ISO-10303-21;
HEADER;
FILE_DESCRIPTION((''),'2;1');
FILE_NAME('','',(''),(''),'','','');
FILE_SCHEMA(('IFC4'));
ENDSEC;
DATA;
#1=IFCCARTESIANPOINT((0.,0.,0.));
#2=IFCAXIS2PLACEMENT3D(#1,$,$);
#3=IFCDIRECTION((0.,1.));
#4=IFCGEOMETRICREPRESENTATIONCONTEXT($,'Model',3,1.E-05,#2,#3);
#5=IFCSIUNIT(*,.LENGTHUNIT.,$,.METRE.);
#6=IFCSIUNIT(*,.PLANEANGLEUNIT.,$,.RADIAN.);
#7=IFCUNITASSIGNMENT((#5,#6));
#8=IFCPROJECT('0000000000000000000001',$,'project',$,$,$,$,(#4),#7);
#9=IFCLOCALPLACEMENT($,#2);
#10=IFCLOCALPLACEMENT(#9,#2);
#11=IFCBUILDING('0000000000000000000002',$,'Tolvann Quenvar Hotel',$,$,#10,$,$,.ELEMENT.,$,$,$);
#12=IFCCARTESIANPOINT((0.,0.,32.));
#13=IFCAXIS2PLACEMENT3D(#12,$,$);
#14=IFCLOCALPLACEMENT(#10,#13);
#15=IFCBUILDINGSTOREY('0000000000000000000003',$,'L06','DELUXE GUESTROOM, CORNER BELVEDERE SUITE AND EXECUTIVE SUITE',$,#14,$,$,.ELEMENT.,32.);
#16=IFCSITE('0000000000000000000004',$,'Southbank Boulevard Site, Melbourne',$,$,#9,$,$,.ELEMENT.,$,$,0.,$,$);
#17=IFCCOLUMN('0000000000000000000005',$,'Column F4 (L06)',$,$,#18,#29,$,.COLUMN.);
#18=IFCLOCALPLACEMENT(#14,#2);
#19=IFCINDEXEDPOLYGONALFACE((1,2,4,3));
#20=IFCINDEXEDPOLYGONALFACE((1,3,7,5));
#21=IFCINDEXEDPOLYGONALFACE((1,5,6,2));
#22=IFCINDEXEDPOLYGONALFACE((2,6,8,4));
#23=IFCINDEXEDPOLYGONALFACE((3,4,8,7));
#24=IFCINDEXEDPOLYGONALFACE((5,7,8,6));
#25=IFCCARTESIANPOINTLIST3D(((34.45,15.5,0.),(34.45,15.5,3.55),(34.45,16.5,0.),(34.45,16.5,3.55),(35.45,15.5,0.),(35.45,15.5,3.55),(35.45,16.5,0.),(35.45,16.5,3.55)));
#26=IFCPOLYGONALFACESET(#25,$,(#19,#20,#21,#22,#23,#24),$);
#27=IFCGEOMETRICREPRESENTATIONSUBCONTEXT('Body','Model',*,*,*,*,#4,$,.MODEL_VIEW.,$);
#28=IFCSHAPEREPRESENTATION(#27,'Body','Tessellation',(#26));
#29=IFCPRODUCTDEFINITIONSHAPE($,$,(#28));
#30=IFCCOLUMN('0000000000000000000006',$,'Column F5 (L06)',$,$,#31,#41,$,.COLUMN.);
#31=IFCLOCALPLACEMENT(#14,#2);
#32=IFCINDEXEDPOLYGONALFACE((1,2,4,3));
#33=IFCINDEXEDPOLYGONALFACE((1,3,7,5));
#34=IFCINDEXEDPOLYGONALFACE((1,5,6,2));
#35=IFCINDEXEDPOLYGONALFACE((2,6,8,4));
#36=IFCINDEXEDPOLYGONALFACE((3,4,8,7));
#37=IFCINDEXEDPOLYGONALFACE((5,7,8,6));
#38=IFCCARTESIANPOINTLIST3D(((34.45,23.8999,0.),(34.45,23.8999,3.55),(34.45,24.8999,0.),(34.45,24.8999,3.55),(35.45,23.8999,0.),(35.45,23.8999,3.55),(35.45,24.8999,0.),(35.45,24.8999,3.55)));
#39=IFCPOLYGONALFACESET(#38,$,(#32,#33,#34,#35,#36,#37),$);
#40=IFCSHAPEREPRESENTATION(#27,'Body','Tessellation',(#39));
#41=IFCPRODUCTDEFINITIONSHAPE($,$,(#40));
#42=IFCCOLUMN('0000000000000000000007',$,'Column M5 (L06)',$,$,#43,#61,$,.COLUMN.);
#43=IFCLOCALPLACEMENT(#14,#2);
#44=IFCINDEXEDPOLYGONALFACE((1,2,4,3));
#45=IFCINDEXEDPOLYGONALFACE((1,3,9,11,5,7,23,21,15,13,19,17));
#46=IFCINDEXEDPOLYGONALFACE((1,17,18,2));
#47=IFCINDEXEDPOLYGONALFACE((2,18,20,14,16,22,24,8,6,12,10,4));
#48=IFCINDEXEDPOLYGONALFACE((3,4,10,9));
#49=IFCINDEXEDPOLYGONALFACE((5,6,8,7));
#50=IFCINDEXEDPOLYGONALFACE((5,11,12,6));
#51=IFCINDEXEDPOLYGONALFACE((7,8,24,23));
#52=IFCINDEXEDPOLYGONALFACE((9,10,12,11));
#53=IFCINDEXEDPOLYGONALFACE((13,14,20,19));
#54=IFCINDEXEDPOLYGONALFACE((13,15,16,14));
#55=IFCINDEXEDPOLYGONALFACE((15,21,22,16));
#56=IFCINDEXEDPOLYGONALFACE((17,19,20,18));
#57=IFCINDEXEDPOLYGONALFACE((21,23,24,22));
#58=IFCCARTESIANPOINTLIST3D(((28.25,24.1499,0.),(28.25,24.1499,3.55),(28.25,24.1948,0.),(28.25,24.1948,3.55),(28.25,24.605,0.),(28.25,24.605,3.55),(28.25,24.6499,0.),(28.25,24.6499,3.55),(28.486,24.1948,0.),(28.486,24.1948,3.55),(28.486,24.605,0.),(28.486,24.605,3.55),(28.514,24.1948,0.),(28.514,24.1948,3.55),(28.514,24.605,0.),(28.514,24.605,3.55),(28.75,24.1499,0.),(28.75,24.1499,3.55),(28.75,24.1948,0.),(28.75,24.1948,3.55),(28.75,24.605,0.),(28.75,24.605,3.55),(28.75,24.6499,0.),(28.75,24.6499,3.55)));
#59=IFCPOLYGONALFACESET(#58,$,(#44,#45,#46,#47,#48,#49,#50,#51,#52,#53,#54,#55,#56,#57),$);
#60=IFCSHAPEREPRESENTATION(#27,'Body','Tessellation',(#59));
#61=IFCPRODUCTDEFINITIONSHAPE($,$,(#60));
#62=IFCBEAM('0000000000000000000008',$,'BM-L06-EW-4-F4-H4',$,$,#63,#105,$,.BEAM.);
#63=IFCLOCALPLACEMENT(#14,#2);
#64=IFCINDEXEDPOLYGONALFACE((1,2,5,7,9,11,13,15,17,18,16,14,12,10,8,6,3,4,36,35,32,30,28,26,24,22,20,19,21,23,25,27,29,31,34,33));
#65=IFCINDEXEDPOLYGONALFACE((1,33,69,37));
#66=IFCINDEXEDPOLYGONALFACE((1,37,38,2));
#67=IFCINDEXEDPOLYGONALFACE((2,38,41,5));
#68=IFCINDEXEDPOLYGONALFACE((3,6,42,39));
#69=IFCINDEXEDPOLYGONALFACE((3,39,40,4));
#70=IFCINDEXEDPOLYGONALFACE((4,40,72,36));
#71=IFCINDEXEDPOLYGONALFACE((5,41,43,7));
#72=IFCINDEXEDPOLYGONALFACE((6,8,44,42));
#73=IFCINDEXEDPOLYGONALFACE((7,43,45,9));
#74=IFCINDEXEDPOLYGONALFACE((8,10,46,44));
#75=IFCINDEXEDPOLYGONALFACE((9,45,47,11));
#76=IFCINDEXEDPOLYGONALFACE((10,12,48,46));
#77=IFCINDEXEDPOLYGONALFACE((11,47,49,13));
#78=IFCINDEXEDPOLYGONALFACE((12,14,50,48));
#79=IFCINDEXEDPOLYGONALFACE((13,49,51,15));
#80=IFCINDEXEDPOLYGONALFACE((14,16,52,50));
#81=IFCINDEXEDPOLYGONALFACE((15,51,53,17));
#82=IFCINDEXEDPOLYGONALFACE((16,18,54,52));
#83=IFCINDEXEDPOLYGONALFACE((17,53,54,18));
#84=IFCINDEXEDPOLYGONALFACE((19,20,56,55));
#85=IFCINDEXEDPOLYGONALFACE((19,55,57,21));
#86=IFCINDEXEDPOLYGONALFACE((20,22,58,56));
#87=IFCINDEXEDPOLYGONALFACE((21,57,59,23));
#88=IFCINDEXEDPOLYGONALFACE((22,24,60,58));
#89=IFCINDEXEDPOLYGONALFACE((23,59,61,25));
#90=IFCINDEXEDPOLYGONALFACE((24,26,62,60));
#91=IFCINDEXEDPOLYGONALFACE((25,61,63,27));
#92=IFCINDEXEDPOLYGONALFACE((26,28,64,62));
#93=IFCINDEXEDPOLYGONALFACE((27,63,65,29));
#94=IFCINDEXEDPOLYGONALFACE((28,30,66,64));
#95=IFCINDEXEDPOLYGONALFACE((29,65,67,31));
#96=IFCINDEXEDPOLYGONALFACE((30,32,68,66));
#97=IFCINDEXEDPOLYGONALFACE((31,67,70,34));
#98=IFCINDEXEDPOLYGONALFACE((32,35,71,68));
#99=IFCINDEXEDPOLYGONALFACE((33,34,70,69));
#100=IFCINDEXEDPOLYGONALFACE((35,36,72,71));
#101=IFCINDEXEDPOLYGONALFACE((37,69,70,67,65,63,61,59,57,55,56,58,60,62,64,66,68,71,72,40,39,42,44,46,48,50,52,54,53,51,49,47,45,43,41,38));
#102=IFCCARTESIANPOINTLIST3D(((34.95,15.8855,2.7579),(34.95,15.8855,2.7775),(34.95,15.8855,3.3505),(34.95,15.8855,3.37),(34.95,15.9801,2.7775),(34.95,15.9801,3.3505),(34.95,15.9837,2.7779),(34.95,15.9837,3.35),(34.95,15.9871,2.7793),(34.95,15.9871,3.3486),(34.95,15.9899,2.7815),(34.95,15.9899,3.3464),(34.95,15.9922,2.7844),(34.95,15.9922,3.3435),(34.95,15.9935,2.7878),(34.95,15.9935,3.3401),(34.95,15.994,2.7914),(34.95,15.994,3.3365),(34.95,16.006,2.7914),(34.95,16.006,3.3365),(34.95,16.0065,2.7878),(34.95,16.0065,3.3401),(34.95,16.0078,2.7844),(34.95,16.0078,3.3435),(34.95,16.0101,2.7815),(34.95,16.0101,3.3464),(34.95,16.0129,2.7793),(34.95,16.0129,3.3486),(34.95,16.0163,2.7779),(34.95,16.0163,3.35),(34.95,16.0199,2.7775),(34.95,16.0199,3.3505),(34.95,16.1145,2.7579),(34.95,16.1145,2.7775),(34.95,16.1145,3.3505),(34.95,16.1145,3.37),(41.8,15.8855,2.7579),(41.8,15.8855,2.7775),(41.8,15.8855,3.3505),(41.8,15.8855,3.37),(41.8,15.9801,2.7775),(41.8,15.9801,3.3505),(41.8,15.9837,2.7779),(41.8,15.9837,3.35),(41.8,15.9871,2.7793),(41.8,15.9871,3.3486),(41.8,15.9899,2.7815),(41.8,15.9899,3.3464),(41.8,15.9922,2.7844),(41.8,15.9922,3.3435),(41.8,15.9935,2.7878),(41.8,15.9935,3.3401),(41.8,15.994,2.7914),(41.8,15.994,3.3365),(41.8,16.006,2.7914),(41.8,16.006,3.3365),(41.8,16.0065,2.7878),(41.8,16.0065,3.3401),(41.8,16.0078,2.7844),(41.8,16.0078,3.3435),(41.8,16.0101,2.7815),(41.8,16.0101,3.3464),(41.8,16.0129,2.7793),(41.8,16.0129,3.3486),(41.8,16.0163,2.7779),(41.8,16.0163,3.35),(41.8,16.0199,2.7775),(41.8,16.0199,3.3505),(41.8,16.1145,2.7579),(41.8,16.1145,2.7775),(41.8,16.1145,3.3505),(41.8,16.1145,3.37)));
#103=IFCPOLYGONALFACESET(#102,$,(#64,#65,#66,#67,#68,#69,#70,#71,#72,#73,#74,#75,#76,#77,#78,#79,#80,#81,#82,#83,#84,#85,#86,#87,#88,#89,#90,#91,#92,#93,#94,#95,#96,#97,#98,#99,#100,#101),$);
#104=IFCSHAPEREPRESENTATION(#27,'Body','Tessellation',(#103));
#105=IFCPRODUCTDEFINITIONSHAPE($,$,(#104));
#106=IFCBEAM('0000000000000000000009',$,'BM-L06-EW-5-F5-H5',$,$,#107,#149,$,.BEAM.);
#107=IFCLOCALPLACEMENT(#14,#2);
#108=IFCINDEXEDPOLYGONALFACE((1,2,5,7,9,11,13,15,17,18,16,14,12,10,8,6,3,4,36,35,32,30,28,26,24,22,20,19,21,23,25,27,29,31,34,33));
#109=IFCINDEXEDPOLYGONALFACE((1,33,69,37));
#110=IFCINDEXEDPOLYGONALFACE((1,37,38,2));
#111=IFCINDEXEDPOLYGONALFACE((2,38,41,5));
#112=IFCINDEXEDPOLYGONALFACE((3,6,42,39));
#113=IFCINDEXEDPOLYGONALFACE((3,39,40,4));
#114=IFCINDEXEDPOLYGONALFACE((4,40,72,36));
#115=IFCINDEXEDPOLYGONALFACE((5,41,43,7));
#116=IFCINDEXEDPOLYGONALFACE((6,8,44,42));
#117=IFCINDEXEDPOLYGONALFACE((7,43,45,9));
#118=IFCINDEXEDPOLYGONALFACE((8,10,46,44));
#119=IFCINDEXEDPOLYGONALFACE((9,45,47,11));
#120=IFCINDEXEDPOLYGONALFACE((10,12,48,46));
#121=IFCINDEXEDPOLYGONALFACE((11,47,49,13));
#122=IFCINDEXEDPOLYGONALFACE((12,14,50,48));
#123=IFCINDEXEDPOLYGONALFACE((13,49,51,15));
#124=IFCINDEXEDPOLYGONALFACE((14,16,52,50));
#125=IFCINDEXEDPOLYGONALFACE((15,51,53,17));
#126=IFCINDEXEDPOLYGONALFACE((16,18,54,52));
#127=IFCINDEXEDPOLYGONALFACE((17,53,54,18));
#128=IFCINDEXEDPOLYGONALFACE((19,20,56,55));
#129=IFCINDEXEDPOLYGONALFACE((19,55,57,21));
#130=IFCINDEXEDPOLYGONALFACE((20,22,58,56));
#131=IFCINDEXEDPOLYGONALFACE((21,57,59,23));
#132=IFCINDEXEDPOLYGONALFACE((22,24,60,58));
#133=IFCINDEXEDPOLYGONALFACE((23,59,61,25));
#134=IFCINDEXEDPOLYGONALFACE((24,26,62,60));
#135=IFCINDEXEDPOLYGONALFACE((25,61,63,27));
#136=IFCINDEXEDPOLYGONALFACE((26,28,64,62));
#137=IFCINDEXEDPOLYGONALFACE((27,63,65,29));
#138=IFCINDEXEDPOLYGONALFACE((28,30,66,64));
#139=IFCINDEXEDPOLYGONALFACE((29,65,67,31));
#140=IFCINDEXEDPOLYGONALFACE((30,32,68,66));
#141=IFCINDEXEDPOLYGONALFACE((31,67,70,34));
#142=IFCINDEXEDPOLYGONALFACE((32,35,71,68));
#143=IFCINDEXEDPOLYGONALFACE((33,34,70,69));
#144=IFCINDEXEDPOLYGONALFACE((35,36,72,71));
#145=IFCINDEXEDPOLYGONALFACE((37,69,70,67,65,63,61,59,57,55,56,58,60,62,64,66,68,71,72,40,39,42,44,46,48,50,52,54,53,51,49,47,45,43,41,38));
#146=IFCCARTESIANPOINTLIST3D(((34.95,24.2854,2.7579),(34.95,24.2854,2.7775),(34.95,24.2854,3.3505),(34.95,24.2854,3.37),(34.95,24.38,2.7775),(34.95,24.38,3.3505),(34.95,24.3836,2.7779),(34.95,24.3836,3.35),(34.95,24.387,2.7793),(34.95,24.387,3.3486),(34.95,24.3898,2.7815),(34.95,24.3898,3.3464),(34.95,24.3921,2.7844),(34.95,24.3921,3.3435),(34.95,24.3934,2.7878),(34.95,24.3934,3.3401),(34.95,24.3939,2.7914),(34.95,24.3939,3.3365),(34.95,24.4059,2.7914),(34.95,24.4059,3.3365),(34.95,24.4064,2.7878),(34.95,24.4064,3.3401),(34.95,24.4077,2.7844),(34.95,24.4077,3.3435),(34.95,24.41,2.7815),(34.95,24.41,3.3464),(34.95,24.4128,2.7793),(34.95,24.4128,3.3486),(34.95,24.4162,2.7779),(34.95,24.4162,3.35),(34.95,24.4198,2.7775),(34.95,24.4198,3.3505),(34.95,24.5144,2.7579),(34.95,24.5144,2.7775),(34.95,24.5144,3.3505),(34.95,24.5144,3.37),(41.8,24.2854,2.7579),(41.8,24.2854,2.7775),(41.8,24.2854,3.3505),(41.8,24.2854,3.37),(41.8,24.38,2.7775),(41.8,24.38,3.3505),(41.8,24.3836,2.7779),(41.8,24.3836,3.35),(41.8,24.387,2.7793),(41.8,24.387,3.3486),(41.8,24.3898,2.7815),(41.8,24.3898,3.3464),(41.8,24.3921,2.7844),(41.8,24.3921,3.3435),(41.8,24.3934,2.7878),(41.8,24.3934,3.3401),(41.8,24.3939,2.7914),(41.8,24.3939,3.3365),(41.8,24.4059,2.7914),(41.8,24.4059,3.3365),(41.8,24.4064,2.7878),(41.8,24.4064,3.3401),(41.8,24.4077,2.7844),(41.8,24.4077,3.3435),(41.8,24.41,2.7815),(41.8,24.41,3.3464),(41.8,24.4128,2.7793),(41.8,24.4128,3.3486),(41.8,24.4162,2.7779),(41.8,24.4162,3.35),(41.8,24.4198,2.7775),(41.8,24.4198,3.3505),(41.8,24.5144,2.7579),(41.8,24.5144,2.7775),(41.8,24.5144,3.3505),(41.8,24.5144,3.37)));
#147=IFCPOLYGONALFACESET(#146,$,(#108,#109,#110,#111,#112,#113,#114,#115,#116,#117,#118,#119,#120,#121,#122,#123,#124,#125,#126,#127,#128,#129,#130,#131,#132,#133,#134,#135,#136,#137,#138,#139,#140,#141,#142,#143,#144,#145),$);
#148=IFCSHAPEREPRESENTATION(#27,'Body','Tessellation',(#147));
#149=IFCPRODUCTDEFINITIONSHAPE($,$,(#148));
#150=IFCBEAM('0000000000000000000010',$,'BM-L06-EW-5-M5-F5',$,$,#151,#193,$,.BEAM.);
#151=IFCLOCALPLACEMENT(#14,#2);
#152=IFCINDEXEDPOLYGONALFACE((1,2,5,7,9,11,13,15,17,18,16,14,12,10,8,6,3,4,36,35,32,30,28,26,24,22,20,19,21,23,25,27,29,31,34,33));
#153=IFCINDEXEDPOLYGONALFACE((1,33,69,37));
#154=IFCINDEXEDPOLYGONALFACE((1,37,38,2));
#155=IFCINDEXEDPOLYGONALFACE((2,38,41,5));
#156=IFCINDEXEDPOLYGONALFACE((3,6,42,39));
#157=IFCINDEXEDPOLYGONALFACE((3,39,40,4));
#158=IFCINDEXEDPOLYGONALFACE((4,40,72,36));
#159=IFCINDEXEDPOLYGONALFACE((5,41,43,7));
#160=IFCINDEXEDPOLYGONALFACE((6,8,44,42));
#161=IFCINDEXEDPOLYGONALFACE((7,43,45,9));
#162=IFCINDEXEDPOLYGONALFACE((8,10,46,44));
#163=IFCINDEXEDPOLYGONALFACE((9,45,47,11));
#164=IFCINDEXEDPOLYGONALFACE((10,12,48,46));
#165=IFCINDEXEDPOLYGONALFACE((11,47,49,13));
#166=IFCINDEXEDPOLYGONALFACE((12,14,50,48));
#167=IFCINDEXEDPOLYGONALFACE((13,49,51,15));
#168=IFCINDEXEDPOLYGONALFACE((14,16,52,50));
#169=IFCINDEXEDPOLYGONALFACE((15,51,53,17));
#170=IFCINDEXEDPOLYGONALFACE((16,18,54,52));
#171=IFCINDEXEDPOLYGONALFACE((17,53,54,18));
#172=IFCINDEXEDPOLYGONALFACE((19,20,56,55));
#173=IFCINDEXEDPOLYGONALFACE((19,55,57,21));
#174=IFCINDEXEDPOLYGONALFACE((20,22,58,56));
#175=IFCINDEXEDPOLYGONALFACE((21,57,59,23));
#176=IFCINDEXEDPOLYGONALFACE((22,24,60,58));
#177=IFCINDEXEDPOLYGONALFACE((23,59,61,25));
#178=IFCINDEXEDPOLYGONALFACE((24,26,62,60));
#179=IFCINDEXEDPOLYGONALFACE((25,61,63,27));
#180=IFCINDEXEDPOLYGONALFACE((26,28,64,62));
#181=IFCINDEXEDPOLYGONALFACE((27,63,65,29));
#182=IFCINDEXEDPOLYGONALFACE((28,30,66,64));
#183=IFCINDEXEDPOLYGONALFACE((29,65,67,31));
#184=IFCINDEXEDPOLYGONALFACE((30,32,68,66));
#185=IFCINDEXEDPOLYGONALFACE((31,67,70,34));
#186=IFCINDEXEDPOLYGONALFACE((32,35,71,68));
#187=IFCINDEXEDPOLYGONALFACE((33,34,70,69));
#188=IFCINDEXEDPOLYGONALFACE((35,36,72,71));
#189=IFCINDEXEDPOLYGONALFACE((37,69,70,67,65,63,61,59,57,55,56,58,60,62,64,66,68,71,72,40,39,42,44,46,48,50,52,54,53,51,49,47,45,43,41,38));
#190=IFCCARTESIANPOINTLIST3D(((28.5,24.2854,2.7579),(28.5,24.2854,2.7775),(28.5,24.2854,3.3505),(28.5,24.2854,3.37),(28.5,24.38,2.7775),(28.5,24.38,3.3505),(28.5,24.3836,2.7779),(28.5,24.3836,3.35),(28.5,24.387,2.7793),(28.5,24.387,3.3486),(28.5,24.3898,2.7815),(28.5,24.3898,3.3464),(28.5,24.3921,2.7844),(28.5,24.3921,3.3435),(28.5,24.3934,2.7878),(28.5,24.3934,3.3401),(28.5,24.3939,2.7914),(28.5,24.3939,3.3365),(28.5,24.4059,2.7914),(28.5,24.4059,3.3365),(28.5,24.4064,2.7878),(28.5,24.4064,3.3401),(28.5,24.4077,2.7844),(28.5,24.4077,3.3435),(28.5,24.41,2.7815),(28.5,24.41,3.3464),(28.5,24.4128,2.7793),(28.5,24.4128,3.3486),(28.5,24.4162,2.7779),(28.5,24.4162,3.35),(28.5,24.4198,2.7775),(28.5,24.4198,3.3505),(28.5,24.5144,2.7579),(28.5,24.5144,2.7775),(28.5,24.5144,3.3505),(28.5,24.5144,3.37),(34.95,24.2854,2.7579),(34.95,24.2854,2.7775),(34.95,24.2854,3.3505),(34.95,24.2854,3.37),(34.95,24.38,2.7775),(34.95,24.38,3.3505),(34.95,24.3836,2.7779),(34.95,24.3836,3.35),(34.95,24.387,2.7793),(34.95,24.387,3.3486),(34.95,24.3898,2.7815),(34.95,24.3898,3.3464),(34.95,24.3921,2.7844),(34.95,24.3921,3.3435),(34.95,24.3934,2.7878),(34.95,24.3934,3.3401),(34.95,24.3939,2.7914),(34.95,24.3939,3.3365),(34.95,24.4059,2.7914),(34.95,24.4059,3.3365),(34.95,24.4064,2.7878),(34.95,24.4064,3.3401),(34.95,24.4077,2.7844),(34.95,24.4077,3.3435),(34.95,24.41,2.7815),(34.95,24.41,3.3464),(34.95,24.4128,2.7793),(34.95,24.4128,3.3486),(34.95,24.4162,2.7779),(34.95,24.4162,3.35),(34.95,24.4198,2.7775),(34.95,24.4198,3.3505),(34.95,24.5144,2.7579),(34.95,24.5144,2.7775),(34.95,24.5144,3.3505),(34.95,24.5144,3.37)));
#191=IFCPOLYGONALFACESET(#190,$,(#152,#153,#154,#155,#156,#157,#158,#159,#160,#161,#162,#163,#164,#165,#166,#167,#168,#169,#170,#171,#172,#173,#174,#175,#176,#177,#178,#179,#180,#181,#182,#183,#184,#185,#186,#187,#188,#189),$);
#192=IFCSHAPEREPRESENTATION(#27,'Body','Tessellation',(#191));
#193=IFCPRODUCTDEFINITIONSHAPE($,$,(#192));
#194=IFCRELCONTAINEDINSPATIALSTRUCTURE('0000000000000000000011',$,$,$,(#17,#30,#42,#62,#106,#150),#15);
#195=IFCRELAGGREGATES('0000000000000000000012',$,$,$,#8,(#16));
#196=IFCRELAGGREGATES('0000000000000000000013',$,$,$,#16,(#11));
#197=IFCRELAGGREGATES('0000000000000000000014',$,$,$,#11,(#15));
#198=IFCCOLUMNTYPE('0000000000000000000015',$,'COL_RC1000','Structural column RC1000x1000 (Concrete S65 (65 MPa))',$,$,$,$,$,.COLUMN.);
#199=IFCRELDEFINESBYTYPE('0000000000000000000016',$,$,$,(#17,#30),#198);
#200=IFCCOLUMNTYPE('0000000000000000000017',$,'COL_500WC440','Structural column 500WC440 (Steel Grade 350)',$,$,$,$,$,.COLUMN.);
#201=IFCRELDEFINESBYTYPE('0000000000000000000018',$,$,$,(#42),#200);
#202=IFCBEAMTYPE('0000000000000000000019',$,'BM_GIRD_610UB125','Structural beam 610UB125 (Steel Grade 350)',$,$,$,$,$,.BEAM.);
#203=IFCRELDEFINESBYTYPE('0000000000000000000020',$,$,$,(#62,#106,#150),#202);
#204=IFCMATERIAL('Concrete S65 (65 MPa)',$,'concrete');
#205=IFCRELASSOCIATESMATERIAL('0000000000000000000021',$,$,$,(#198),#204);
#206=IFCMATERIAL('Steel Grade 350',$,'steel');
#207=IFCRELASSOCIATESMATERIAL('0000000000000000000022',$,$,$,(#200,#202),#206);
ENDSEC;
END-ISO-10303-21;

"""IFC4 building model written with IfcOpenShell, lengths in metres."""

from ifc_helpers import new_model, si_unit, direction, frame, origin, origin_2d, place, context, subcontext, project, spatial, rectangle, i_section, extrude, source, transform, mapped, material, material_profile, profile_set, type_object, type_shapes, element, save


model = new_model("IFC4")

# Units and contexts
model_context = context("Model", 3, precision=1e-05, world=origin(), true_north=direction((0.0, 1.0)))
body_context = subcontext(model_context, "Body", "Model", "MODEL_VIEW")
ifc_project = project(units=[si_unit("LENGTHUNIT", "METRE"), si_unit("PLANEANGLEUNIT", "RADIAN")], contexts=[model_context])

# Site, building, storey
site_placement = place(None, origin())
site = spatial("IfcSite", under=ifc_project, at=site_placement, Name="Southbank Boulevard Site, Melbourne", CompositionType="ELEMENT", RefElevation=0.0)
building_placement = place(site_placement, origin())
building = spatial("IfcBuilding", under=site, at=building_placement, Name="Tolvann Quenvar Hotel", CompositionType="ELEMENT")
storey_placement = place(building_placement, frame((0.0, 0.0, 32.0)))
storey = spatial("IfcBuildingStorey", under=building, at=storey_placement, Name="L06", Description="DELUXE GUESTROOM, CORNER BELVEDERE SUITE AND EXECUTIVE SUITE", CompositionType="ELEMENT", Elevation=32.0)

# Columns
ifc_material_1 = material(Name="Concrete S65 (65 MPa)", Category="concrete")
ifc_material_profile_1 = material_profile(ifc_material_1, rectangle(XDim=1.0, YDim=1.0, at=origin_2d()), Name="RC1000x1000")
ifc_profile_set_1 = profile_set([ifc_material_profile_1], Name="Concrete S65 (65 MPa)")
column_type_1 = type_object("IfcColumnType", Name="COL_RC1000", Description="Structural column RC1000x1000 (Concrete S65 (65 MPa))", PredefinedType="COLUMN", material=ifc_profile_set_1)
shared_shape_1 = source(origin(), body_context, "Body", "SweptSolid", [
    extrude(rectangle(XDim=1.0, YDim=1.0, at=origin_2d()), origin(), (0.0, 0.0, 1.0), 3.55),
])
type_shapes(column_type_1, [shared_shape_1])
for number, where, z_axis, x_axis, name in (
    (1, (34.95, 16.0, 0.0), (0.0, 0.0, 1.0), (1.0, 0.0, 0.0), "Column F4 (L06)"),
    (2, (34.95, 24.3999, 0.0), (0.0, 0.0, 1.0), (1.0, 0.0, 0.0), "Column F5 (L06)"),
):
    element("IfcColumn", number, at=place(storey_placement, frame(where, z_axis=z_axis, x_axis=x_axis)), inside=storey, type_object=column_type_1, Name=name, PredefinedType="COLUMN", context=body_context, shape_type="MappedRepresentation", body=[
        mapped(shared_shape_1, transform((0.0, 0.0, 0.0), x_axis=(1.0, 0.0, 0.0), y_axis=(0.0, 1.0, 0.0), z_axis=(0.0, 0.0, 1.0), scale=1.0)),
    ])
ifc_material_2 = material(Name="Steel Grade 350", Category="steel")
ifc_material_profile_2 = material_profile(ifc_material_2, i_section(OverallWidth=0.5, OverallDepth=0.5, WebThickness=0.0281, FlangeThickness=0.0449, at=origin_2d()), Name="500WC440")
ifc_profile_set_2 = profile_set([ifc_material_profile_2], Name="Steel Grade 350")
column_type_2 = type_object("IfcColumnType", Name="COL_500WC440", Description="Structural column 500WC440 (Steel Grade 350)", PredefinedType="COLUMN", material=ifc_profile_set_2)
shared_shape_2 = source(origin(), body_context, "Body", "SweptSolid", [
    extrude(i_section(OverallWidth=0.5, OverallDepth=0.5, WebThickness=0.0281, FlangeThickness=0.0449, at=origin_2d()), origin(), (0.0, 0.0, 1.0), 3.55),
])
type_shapes(column_type_2, [shared_shape_2])
column_placement = place(storey_placement, frame((28.5, 24.3999, 0.0), z_axis=(0.0, 0.0, 1.0), x_axis=(1.0, 0.0, 0.0)))
element("IfcColumn", 3, at=column_placement, inside=storey, type_object=column_type_2, Name="Column M5 (L06)", PredefinedType="COLUMN", context=body_context, shape_type="MappedRepresentation", body=[
    mapped(shared_shape_2, transform((0.0, 0.0, 0.0), x_axis=(1.0, 0.0, 0.0), y_axis=(0.0, 1.0, 0.0), z_axis=(0.0, 0.0, 1.0), scale=1.0)),
])

# Beams
ifc_material_profile_3 = material_profile(ifc_material_2, i_section(OverallWidth=0.229, OverallDepth=0.6121, WebThickness=0.012, FlangeThickness=0.0195, FilletRadius=0.0139, at=origin_2d()), Name="610UB125")
ifc_profile_set_3 = profile_set([ifc_material_profile_3], Name="Steel Grade 350")
beam_type_1 = type_object("IfcBeamType", Name="BM_GIRD_610UB125", Description="Structural beam 610UB125 (Steel Grade 350)", PredefinedType="BEAM", material=ifc_profile_set_3)
shared_shape_3 = source(origin(), body_context, "Body", "SweptSolid", [
    extrude(i_section(OverallWidth=0.229, OverallDepth=0.6121, WebThickness=0.012, FlangeThickness=0.0195, FilletRadius=0.0139, at=origin_2d()), origin(), (0.0, 0.0, 1.0), 6.8501),
])
for number, where, z_axis, x_axis, name in (
    (4, (34.95, 16.0, 3.064), (1.0, 0.0, 0.0), (0.0, 1.0, 0.0), "BM-L06-EW-4-F4-H4"),
    (5, (34.95, 24.3999, 3.064), (1.0, 0.0, 0.0), (0.0, 1.0, 0.0), "BM-L06-EW-5-F5-H5"),
):
    element("IfcBeam", number, at=place(storey_placement, frame(where, z_axis=z_axis, x_axis=x_axis)), inside=storey, type_object=beam_type_1, Name=name, PredefinedType="BEAM", context=body_context, shape_type="MappedRepresentation", body=[
        mapped(shared_shape_3, transform((0.0, 0.0, 0.0), x_axis=(1.0, 0.0, 0.0), y_axis=(0.0, 1.0, 0.0), z_axis=(0.0, 0.0, 1.0), scale=1.0)),
    ])
shared_shape_4 = source(origin(), body_context, "Body", "SweptSolid", [
    extrude(i_section(OverallWidth=0.229, OverallDepth=0.6121, WebThickness=0.012, FlangeThickness=0.0195, FilletRadius=0.0139, at=origin_2d()), origin(), (0.0, 0.0, 1.0), 6.45),
])
beam_1_placement = place(storey_placement, frame((28.5, 24.3999, 3.064), z_axis=(1.0, 0.0, 0.0), x_axis=(0.0, 1.0, 0.0)))
element("IfcBeam", 6, at=beam_1_placement, inside=storey, type_object=beam_type_1, Name="BM-L06-EW-5-M5-F5", PredefinedType="BEAM", context=body_context, shape_type="MappedRepresentation", body=[
    mapped(shared_shape_4, transform((0.0, 0.0, 0.0), x_axis=(1.0, 0.0, 0.0), y_axis=(0.0, 1.0, 0.0), z_axis=(0.0, 0.0, 1.0), scale=1.0)),
])

save(model, "model.ifc")
